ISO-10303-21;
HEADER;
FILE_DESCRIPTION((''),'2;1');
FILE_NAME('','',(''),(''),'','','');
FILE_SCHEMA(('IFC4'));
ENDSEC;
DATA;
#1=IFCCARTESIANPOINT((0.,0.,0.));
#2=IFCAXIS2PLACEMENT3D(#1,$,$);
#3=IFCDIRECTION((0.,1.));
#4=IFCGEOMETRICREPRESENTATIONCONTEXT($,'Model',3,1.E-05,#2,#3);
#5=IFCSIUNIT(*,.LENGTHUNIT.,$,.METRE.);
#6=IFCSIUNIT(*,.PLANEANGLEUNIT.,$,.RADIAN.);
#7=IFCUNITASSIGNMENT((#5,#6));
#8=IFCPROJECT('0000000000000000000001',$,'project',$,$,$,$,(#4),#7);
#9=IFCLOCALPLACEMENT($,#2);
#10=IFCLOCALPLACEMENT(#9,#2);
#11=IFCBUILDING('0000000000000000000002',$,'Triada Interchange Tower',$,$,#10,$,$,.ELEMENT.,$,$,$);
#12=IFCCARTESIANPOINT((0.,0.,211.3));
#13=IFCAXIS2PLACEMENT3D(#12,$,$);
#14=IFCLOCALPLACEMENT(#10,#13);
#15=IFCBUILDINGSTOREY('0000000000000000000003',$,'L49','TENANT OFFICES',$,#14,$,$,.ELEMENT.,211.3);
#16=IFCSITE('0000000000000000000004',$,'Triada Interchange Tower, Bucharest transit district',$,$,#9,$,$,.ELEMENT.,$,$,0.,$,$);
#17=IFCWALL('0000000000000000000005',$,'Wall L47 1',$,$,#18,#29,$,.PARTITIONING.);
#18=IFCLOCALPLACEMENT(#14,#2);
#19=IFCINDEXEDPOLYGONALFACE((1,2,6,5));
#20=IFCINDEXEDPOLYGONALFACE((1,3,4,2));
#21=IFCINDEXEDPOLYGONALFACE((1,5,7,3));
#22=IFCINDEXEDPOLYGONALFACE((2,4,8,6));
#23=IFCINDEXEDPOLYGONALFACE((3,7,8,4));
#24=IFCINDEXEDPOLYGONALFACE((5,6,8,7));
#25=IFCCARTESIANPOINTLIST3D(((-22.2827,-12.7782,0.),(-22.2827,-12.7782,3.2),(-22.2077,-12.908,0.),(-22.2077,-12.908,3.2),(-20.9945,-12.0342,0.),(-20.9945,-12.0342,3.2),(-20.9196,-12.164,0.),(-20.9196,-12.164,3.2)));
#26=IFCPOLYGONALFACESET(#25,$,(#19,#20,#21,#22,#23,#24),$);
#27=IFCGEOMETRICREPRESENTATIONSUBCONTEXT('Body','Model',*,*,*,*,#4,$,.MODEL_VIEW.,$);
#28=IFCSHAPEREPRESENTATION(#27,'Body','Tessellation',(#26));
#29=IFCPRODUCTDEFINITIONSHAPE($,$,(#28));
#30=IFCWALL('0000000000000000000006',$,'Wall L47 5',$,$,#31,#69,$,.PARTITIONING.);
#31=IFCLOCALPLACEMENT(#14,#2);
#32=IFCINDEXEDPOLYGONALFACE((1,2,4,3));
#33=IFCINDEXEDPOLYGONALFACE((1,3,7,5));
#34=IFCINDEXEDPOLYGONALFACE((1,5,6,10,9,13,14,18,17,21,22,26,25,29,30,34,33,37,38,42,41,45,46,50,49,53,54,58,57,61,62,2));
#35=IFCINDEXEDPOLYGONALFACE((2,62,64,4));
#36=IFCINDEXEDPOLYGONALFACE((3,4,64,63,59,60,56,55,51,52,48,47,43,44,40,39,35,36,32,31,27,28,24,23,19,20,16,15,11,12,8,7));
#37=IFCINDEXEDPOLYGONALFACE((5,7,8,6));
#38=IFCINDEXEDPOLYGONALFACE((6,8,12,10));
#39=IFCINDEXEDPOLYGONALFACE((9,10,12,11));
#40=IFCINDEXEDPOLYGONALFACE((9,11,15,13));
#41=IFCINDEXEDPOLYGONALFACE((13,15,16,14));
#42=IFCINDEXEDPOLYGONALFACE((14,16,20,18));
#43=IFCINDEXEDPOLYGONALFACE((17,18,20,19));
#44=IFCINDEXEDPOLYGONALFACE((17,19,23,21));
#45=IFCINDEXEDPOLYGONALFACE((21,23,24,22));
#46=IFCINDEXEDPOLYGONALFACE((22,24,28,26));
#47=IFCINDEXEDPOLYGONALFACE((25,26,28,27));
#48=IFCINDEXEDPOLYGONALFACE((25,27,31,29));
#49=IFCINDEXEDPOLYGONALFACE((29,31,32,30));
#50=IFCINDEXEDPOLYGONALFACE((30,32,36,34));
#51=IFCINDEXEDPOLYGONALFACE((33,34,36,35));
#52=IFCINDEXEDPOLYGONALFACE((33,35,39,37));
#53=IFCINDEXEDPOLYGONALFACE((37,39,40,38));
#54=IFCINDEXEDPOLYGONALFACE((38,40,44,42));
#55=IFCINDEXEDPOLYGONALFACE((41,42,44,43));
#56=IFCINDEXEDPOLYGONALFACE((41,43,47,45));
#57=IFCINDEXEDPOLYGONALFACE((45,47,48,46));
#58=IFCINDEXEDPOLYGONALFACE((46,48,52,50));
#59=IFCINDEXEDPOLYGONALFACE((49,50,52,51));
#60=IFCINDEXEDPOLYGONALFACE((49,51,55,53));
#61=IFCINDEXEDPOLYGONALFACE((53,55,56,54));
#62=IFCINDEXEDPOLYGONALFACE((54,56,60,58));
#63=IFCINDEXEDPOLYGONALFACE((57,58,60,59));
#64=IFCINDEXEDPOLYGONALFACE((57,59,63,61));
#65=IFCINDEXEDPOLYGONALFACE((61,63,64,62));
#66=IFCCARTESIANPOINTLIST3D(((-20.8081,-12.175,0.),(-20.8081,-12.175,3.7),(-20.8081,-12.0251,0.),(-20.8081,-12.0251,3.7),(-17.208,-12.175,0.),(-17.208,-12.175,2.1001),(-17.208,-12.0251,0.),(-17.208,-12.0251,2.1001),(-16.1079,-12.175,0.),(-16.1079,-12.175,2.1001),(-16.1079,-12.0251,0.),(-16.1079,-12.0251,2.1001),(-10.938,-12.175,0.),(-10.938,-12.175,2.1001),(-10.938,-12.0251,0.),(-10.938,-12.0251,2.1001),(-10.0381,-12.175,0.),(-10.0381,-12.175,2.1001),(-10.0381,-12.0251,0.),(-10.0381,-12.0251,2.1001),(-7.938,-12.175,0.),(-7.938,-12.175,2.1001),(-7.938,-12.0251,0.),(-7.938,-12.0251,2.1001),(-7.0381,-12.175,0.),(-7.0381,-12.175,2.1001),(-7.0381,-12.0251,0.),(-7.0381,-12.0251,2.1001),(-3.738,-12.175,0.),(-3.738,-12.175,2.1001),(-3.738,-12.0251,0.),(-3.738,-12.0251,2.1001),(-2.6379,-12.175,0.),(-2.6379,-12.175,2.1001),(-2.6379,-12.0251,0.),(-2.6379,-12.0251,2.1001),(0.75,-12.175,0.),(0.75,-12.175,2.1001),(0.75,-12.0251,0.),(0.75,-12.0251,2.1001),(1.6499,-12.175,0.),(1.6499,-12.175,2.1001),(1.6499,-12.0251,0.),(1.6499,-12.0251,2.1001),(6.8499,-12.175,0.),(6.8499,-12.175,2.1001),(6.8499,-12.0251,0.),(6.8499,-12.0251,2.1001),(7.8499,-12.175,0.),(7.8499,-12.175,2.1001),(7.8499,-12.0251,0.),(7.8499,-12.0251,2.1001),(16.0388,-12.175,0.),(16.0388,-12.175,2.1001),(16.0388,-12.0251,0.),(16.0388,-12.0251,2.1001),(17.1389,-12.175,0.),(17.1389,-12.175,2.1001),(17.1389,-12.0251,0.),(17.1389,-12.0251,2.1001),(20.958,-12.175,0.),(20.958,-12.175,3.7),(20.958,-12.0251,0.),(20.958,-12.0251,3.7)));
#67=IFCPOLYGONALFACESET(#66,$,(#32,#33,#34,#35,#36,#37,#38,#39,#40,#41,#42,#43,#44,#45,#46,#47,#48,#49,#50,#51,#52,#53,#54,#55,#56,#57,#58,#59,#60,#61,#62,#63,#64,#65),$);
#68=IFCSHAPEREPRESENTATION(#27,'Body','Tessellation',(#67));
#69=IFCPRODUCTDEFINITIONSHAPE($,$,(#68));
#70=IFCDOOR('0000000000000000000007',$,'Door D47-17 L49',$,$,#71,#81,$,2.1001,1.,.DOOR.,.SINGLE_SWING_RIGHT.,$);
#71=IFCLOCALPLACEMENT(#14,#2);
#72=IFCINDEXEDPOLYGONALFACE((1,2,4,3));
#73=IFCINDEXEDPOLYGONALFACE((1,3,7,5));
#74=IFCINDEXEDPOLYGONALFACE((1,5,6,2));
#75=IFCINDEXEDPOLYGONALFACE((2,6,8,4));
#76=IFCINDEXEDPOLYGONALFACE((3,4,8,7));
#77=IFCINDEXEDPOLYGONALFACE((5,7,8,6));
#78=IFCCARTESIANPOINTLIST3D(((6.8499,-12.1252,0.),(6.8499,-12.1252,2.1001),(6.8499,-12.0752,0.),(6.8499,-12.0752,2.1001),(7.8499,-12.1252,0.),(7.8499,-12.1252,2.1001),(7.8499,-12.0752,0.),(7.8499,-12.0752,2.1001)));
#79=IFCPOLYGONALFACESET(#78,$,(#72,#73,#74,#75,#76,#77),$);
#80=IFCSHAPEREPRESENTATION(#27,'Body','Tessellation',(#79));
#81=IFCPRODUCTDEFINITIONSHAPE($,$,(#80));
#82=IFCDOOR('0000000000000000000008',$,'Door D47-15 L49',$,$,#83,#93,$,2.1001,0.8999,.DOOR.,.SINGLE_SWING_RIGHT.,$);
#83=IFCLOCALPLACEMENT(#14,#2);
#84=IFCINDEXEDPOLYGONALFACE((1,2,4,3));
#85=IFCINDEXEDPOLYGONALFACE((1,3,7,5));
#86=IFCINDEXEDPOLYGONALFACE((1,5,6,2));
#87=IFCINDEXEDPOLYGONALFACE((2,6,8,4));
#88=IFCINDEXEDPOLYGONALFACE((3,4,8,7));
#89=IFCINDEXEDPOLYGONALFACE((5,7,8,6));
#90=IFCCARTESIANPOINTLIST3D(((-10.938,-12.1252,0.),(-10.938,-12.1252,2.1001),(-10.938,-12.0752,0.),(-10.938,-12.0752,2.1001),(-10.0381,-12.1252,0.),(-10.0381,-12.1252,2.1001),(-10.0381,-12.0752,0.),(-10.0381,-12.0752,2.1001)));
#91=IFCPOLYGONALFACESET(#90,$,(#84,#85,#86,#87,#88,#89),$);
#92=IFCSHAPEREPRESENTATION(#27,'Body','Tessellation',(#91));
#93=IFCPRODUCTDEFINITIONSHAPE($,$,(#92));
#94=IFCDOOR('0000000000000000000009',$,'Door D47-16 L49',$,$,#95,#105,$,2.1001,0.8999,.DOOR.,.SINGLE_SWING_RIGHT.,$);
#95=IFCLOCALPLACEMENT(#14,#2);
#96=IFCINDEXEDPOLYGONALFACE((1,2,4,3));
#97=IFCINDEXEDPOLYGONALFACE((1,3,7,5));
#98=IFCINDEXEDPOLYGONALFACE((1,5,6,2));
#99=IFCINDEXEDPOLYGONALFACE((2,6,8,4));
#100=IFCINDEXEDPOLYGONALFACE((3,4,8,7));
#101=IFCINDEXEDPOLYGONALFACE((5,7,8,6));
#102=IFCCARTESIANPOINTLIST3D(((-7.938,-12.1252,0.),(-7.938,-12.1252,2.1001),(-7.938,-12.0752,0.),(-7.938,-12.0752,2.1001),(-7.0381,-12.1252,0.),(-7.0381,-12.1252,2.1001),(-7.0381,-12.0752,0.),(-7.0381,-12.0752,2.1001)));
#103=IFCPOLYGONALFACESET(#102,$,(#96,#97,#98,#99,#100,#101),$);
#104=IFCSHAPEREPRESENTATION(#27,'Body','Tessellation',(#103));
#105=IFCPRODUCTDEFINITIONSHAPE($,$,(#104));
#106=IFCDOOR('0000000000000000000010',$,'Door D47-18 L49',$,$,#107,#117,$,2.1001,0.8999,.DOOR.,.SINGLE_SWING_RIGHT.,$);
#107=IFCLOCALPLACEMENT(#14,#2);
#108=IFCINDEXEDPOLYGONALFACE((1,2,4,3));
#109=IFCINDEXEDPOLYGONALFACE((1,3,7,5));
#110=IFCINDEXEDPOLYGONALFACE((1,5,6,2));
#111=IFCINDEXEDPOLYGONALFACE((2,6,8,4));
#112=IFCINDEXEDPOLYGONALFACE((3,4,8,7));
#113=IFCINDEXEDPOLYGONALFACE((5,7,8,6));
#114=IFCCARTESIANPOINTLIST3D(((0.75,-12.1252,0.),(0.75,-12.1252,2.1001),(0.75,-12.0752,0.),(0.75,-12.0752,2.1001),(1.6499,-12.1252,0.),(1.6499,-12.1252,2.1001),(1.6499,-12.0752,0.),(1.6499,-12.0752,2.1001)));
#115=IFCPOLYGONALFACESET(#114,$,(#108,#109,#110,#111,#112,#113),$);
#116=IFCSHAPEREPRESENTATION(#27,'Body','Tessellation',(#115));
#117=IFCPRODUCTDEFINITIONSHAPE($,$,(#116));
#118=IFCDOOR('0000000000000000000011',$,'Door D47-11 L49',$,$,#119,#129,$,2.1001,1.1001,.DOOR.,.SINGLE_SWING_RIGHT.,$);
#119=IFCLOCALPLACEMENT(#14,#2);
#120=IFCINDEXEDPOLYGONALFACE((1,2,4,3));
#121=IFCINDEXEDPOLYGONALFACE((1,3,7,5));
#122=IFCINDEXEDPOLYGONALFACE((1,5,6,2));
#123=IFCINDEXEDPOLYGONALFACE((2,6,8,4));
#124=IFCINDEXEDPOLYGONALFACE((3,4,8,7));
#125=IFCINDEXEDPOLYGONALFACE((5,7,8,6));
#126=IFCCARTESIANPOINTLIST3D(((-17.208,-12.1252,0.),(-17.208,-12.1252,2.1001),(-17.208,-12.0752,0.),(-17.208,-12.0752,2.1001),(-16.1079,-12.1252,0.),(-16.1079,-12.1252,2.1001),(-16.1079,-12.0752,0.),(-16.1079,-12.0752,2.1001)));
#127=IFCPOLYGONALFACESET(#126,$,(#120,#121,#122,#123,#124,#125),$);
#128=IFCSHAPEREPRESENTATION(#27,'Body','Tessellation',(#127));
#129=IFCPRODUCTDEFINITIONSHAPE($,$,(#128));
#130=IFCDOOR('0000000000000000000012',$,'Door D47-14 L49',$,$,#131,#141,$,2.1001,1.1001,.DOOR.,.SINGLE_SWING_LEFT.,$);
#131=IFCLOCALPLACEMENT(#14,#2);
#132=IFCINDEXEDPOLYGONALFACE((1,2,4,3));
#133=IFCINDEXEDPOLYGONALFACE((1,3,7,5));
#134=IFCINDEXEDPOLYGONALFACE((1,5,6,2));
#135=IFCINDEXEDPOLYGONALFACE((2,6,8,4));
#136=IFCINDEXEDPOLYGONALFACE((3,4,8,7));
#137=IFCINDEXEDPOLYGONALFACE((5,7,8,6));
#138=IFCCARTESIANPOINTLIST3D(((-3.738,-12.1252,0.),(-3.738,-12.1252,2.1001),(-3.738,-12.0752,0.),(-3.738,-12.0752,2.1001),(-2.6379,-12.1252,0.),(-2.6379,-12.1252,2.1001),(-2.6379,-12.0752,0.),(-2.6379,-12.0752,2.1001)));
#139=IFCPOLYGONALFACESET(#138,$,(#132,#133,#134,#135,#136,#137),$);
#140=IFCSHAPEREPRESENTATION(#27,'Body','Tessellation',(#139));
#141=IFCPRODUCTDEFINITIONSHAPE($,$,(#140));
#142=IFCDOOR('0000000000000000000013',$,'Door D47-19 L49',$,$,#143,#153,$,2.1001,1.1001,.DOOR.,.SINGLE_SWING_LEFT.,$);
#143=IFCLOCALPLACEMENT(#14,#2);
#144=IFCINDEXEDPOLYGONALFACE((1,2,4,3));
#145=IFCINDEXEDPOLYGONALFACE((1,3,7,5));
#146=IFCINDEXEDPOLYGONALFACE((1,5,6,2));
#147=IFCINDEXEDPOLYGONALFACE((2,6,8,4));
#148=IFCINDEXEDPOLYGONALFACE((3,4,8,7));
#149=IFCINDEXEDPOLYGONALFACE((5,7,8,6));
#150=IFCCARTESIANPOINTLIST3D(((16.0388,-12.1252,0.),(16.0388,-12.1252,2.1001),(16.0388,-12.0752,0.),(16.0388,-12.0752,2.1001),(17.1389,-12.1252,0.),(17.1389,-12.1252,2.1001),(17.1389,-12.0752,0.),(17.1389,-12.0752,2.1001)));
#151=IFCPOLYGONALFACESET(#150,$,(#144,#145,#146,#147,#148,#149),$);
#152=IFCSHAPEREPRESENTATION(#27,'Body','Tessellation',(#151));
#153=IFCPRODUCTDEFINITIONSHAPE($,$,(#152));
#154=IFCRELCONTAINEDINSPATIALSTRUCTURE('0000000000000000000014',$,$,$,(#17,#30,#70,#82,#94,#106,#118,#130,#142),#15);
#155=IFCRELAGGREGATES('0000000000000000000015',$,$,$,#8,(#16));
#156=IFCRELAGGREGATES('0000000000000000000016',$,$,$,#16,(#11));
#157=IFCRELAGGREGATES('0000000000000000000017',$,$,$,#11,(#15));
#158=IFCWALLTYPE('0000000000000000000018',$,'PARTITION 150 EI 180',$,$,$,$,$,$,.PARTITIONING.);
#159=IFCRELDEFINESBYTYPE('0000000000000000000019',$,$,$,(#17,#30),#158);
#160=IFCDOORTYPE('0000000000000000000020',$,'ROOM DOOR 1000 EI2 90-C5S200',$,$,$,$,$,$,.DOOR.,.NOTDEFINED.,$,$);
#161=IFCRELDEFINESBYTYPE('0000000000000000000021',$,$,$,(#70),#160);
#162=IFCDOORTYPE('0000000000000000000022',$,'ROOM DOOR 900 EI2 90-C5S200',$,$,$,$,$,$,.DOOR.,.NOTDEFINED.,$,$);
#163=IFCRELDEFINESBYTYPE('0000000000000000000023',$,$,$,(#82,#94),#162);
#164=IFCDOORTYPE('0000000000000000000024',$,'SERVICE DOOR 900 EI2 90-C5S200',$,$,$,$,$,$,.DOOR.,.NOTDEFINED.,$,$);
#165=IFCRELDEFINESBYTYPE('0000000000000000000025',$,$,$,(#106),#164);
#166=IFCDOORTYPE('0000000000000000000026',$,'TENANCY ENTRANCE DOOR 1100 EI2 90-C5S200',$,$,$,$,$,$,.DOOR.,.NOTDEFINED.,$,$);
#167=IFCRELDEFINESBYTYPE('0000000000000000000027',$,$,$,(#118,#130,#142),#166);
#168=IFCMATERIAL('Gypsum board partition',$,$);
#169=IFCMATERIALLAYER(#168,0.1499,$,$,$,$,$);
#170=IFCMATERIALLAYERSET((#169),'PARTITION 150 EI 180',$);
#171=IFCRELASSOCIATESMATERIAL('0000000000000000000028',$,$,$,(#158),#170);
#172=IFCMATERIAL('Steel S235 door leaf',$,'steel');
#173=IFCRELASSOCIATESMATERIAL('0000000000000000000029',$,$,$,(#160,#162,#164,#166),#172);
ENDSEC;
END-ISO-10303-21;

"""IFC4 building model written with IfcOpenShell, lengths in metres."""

from ifc_helpers import new_model, si_unit, direction, frame, frame_2d, origin, place, context, subcontext, project, spatial, rectangle, extrude, material, layer, layer_set, type_object, element, fill, save


model = new_model("IFC4")

# Units and contexts
model_context = context("Model", 3, precision=1e-05, world=origin(), true_north=direction((0.0, 1.0)))
body_context = subcontext(model_context, "Body", "Model", "MODEL_VIEW")
ifc_project = project(units=[si_unit("LENGTHUNIT", "METRE"), si_unit("PLANEANGLEUNIT", "RADIAN")], contexts=[model_context])

# Site, building, storey
site_placement = place(None, origin())
site = spatial("IfcSite", under=ifc_project, at=site_placement, Name="Triada Interchange Tower, Bucharest transit district", CompositionType="ELEMENT", RefElevation=0.0)
building_placement = place(site_placement, origin())
building = spatial("IfcBuilding", under=site, at=building_placement, Name="Triada Interchange Tower", CompositionType="ELEMENT")
storey_placement = place(building_placement, frame((0.0, 0.0, 211.3)))
storey = spatial("IfcBuildingStorey", under=building, at=storey_placement, Name="L49", Description="TENANT OFFICES", CompositionType="ELEMENT", Elevation=211.3)

# Wall
ifc_material_1 = material(Name="Gypsum board partition")
ifc_layer_1 = layer(ifc_material_1, 0.1499)
ifc_layer_set_1 = layer_set([ifc_layer_1], Name="PARTITION 150 EI 180")
wall_type_1 = type_object("IfcWallType", Name="PARTITION 150 EI 180", PredefinedType="PARTITIONING", material=ifc_layer_set_1)
wall_1_placement = place(storey_placement, frame((-22.2451, -12.843, 0.0), z_axis=(0.0, 0.0, 1.0), x_axis=(0.865961, 0.500111, 0.0)))
element("IfcWall", 1, at=wall_1_placement, inside=storey, type_object=wall_type_1, Name="Wall L47 1", PredefinedType="PARTITIONING", context=body_context, shape_type="SweptSolid", body=[
    extrude(rectangle(XDim=1.4875, YDim=0.1499, at=frame_2d((0.7437, 0.0))), origin(), (0.0, 0.0, 1.0), 3.2),
])

# Wall, openings, doors
wall_2_placement = place(storey_placement, frame((-20.8081, -12.1001, 0.0), z_axis=(0.0, 0.0, 1.0), x_axis=(1.0, 0.0, 0.0)))
wall_2 = element("IfcWall", 2, at=wall_2_placement, inside=storey, type_object=wall_type_1, Name="Wall L47 5", PredefinedType="PARTITIONING", context=body_context, shape_type="SweptSolid", body=[
    extrude(rectangle(XDim=41.7661, YDim=0.1499, at=frame_2d((20.8831, 0.0))), origin(), (0.0, 0.0, 1.0), 3.7),
])
opening_1_placement = place(wall_2_placement, frame((3.6001, 0.0, 0.0)))
opening_1 = element("IfcOpeningElement", 3, at=opening_1_placement, cuts=wall_2, PredefinedType="OPENING", context=body_context, shape_type="SweptSolid", body=[
    extrude(rectangle(XDim=1.1001, YDim=2.1001, at=frame_2d((0.55, 1.05))), frame((0.0, 0.085, 0.0), z_axis=(0.0, -1.0, 0.0), x_axis=(1.0, 0.0, 0.0)), (0.0, 0.0, 1.0), 0.1699),
])
opening_2_placement = place(wall_2_placement, frame((17.0701, 0.0, 0.0)))
opening_2 = element("IfcOpeningElement", 4, at=opening_2_placement, cuts=wall_2, PredefinedType="OPENING", context=body_context, shape_type="SweptSolid", body=[
    extrude(rectangle(XDim=1.1001, YDim=2.1001, at=frame_2d((0.55, 1.05))), frame((0.0, 0.085, 0.0), z_axis=(0.0, -1.0, 0.0), x_axis=(1.0, 0.0, 0.0)), (0.0, 0.0, 1.0), 0.1699),
])
opening_3_placement = place(wall_2_placement, frame((9.8701, 0.0, 0.0)))
opening_3 = element("IfcOpeningElement", 5, at=opening_3_placement, cuts=wall_2, PredefinedType="OPENING", context=body_context, shape_type="SweptSolid", body=[
    extrude(rectangle(XDim=0.8999, YDim=2.1001, at=frame_2d((0.45, 1.05))), frame((0.0, 0.085, 0.0), z_axis=(0.0, -1.0, 0.0), x_axis=(1.0, 0.0, 0.0)), (0.0, 0.0, 1.0), 0.1699),
])
opening_4_placement = place(wall_2_placement, frame((12.8701, 0.0, 0.0)))
opening_4 = element("IfcOpeningElement", 6, at=opening_4_placement, cuts=wall_2, PredefinedType="OPENING", context=body_context, shape_type="SweptSolid", body=[
    extrude(rectangle(XDim=0.8999, YDim=2.1001, at=frame_2d((0.45, 1.05))), frame((0.0, 0.085, 0.0), z_axis=(0.0, -1.0, 0.0), x_axis=(1.0, 0.0, 0.0)), (0.0, 0.0, 1.0), 0.1699),
])
opening_5_placement = place(wall_2_placement, frame((27.658, 0.0, 0.0)))
opening_5 = element("IfcOpeningElement", 7, at=opening_5_placement, cuts=wall_2, PredefinedType="OPENING", context=body_context, shape_type="SweptSolid", body=[
    extrude(rectangle(XDim=1.0, YDim=2.1001, at=frame_2d((0.5, 1.05))), frame((0.0, 0.085, 0.0), z_axis=(0.0, -1.0, 0.0), x_axis=(1.0, 0.0, 0.0)), (0.0, 0.0, 1.0), 0.1699),
])
opening_6_placement = place(wall_2_placement, frame((21.5581, 0.0, 0.0)))
opening_6 = element("IfcOpeningElement", 8, at=opening_6_placement, cuts=wall_2, PredefinedType="OPENING", context=body_context, shape_type="SweptSolid", body=[
    extrude(rectangle(XDim=0.8999, YDim=2.1001, at=frame_2d((0.45, 1.05))), frame((0.0, 0.085, 0.0), z_axis=(0.0, -1.0, 0.0), x_axis=(1.0, 0.0, 0.0)), (0.0, 0.0, 1.0), 0.1699),
])
opening_7_placement = place(wall_2_placement, frame((36.8469, 0.0, 0.0)))
opening_7 = element("IfcOpeningElement", 9, at=opening_7_placement, cuts=wall_2, PredefinedType="OPENING", context=body_context, shape_type="SweptSolid", body=[
    extrude(rectangle(XDim=1.1001, YDim=2.1001, at=frame_2d((0.55, 1.05))), frame((0.0, 0.085, 0.0), z_axis=(0.0, -1.0, 0.0), x_axis=(1.0, 0.0, 0.0)), (0.0, 0.0, 1.0), 0.1699),
])
ifc_material_2 = material(Name="Steel S235 door leaf", Category="steel")
door_type_1 = type_object("IfcDoorType", Name="ROOM DOOR 1000 EI2 90-C5S200", OperationType="NOTDEFINED", PredefinedType="DOOR", material=ifc_material_2)
door_1_placement = place(opening_5_placement, origin())
door_1 = element("IfcDoor", 10, at=door_1_placement, inside=storey, type_object=door_type_1, Name="Door D47-17 L49", OperationType="SINGLE_SWING_RIGHT", OverallHeight=2.1001, OverallWidth=1.0, PredefinedType="DOOR", context=body_context, shape_type="SweptSolid", body=[
    extrude(rectangle(XDim=1.0, YDim=2.1001, at=frame_2d((0.5, 1.05))), frame((0.0, 0.0249, 0.0), z_axis=(0.0, -1.0, 0.0), x_axis=(1.0, 0.0, 0.0)), (0.0, 0.0, 1.0), 0.05),
])
fill(opening_5, door_1)
door_type_2 = type_object("IfcDoorType", Name="ROOM DOOR 900 EI2 90-C5S200", OperationType="NOTDEFINED", PredefinedType="DOOR", material=ifc_material_2)
door_2_placement = place(opening_3_placement, origin())
door_2 = element("IfcDoor", 11, at=door_2_placement, inside=storey, type_object=door_type_2, Name="Door D47-15 L49", OperationType="SINGLE_SWING_RIGHT", OverallHeight=2.1001, OverallWidth=0.8999, PredefinedType="DOOR", context=body_context, shape_type="SweptSolid", body=[
    extrude(rectangle(XDim=0.8999, YDim=2.1001, at=frame_2d((0.45, 1.05))), frame((0.0, 0.0249, 0.0), z_axis=(0.0, -1.0, 0.0), x_axis=(1.0, 0.0, 0.0)), (0.0, 0.0, 1.0), 0.05),
])
fill(opening_3, door_2)
door_3_placement = place(opening_4_placement, origin())
door_3 = element("IfcDoor", 12, at=door_3_placement, inside=storey, type_object=door_type_2, Name="Door D47-16 L49", OperationType="SINGLE_SWING_RIGHT", OverallHeight=2.1001, OverallWidth=0.8999, PredefinedType="DOOR", context=body_context, shape_type="SweptSolid", body=[
    extrude(rectangle(XDim=0.8999, YDim=2.1001, at=frame_2d((0.45, 1.05))), frame((0.0, 0.0249, 0.0), z_axis=(0.0, -1.0, 0.0), x_axis=(1.0, 0.0, 0.0)), (0.0, 0.0, 1.0), 0.05),
])
fill(opening_4, door_3)
door_type_3 = type_object("IfcDoorType", Name="SERVICE DOOR 900 EI2 90-C5S200", OperationType="NOTDEFINED", PredefinedType="DOOR", material=ifc_material_2)
door_4_placement = place(opening_6_placement, origin())
door_4 = element("IfcDoor", 13, at=door_4_placement, inside=storey, type_object=door_type_3, Name="Door D47-18 L49", OperationType="SINGLE_SWING_RIGHT", OverallHeight=2.1001, OverallWidth=0.8999, PredefinedType="DOOR", context=body_context, shape_type="SweptSolid", body=[
    extrude(rectangle(XDim=0.8999, YDim=2.1001, at=frame_2d((0.45, 1.05))), frame((0.0, 0.0249, 0.0), z_axis=(0.0, -1.0, 0.0), x_axis=(1.0, 0.0, 0.0)), (0.0, 0.0, 1.0), 0.05),
])
fill(opening_6, door_4)
door_type_4 = type_object("IfcDoorType", Name="TENANCY ENTRANCE DOOR 1100 EI2 90-C5S200", OperationType="NOTDEFINED", PredefinedType="DOOR", material=ifc_material_2)
door_5_placement = place(opening_1_placement, origin())
door_5 = element("IfcDoor", 14, at=door_5_placement, inside=storey, type_object=door_type_4, Name="Door D47-11 L49", OperationType="SINGLE_SWING_RIGHT", OverallHeight=2.1001, OverallWidth=1.1001, PredefinedType="DOOR", context=body_context, shape_type="SweptSolid", body=[
    extrude(rectangle(XDim=1.1001, YDim=2.1001, at=frame_2d((0.55, 1.05))), frame((0.0, 0.0249, 0.0), z_axis=(0.0, -1.0, 0.0), x_axis=(1.0, 0.0, 0.0)), (0.0, 0.0, 1.0), 0.05),
])
fill(opening_1, door_5)
door_6_placement = place(opening_2_placement, origin())
door_6 = element("IfcDoor", 15, at=door_6_placement, inside=storey, type_object=door_type_4, Name="Door D47-14 L49", OperationType="SINGLE_SWING_LEFT", OverallHeight=2.1001, OverallWidth=1.1001, PredefinedType="DOOR", context=body_context, shape_type="SweptSolid", body=[
    extrude(rectangle(XDim=1.1001, YDim=2.1001, at=frame_2d((0.55, 1.05))), frame((0.0, 0.0249, 0.0), z_axis=(0.0, -1.0, 0.0), x_axis=(1.0, 0.0, 0.0)), (0.0, 0.0, 1.0), 0.05),
])
fill(opening_2, door_6)
door_7_placement = place(opening_7_placement, origin())
door_7 = element("IfcDoor", 16, at=door_7_placement, inside=storey, type_object=door_type_4, Name="Door D47-19 L49", OperationType="SINGLE_SWING_LEFT", OverallHeight=2.1001, OverallWidth=1.1001, PredefinedType="DOOR", context=body_context, shape_type="SweptSolid", body=[
    extrude(rectangle(XDim=1.1001, YDim=2.1001, at=frame_2d((0.55, 1.05))), frame((0.0, 0.0249, 0.0), z_axis=(0.0, -1.0, 0.0), x_axis=(1.0, 0.0, 0.0)), (0.0, 0.0, 1.0), 0.05),
])
fill(opening_7, door_7)

save(model, "model.ifc")
